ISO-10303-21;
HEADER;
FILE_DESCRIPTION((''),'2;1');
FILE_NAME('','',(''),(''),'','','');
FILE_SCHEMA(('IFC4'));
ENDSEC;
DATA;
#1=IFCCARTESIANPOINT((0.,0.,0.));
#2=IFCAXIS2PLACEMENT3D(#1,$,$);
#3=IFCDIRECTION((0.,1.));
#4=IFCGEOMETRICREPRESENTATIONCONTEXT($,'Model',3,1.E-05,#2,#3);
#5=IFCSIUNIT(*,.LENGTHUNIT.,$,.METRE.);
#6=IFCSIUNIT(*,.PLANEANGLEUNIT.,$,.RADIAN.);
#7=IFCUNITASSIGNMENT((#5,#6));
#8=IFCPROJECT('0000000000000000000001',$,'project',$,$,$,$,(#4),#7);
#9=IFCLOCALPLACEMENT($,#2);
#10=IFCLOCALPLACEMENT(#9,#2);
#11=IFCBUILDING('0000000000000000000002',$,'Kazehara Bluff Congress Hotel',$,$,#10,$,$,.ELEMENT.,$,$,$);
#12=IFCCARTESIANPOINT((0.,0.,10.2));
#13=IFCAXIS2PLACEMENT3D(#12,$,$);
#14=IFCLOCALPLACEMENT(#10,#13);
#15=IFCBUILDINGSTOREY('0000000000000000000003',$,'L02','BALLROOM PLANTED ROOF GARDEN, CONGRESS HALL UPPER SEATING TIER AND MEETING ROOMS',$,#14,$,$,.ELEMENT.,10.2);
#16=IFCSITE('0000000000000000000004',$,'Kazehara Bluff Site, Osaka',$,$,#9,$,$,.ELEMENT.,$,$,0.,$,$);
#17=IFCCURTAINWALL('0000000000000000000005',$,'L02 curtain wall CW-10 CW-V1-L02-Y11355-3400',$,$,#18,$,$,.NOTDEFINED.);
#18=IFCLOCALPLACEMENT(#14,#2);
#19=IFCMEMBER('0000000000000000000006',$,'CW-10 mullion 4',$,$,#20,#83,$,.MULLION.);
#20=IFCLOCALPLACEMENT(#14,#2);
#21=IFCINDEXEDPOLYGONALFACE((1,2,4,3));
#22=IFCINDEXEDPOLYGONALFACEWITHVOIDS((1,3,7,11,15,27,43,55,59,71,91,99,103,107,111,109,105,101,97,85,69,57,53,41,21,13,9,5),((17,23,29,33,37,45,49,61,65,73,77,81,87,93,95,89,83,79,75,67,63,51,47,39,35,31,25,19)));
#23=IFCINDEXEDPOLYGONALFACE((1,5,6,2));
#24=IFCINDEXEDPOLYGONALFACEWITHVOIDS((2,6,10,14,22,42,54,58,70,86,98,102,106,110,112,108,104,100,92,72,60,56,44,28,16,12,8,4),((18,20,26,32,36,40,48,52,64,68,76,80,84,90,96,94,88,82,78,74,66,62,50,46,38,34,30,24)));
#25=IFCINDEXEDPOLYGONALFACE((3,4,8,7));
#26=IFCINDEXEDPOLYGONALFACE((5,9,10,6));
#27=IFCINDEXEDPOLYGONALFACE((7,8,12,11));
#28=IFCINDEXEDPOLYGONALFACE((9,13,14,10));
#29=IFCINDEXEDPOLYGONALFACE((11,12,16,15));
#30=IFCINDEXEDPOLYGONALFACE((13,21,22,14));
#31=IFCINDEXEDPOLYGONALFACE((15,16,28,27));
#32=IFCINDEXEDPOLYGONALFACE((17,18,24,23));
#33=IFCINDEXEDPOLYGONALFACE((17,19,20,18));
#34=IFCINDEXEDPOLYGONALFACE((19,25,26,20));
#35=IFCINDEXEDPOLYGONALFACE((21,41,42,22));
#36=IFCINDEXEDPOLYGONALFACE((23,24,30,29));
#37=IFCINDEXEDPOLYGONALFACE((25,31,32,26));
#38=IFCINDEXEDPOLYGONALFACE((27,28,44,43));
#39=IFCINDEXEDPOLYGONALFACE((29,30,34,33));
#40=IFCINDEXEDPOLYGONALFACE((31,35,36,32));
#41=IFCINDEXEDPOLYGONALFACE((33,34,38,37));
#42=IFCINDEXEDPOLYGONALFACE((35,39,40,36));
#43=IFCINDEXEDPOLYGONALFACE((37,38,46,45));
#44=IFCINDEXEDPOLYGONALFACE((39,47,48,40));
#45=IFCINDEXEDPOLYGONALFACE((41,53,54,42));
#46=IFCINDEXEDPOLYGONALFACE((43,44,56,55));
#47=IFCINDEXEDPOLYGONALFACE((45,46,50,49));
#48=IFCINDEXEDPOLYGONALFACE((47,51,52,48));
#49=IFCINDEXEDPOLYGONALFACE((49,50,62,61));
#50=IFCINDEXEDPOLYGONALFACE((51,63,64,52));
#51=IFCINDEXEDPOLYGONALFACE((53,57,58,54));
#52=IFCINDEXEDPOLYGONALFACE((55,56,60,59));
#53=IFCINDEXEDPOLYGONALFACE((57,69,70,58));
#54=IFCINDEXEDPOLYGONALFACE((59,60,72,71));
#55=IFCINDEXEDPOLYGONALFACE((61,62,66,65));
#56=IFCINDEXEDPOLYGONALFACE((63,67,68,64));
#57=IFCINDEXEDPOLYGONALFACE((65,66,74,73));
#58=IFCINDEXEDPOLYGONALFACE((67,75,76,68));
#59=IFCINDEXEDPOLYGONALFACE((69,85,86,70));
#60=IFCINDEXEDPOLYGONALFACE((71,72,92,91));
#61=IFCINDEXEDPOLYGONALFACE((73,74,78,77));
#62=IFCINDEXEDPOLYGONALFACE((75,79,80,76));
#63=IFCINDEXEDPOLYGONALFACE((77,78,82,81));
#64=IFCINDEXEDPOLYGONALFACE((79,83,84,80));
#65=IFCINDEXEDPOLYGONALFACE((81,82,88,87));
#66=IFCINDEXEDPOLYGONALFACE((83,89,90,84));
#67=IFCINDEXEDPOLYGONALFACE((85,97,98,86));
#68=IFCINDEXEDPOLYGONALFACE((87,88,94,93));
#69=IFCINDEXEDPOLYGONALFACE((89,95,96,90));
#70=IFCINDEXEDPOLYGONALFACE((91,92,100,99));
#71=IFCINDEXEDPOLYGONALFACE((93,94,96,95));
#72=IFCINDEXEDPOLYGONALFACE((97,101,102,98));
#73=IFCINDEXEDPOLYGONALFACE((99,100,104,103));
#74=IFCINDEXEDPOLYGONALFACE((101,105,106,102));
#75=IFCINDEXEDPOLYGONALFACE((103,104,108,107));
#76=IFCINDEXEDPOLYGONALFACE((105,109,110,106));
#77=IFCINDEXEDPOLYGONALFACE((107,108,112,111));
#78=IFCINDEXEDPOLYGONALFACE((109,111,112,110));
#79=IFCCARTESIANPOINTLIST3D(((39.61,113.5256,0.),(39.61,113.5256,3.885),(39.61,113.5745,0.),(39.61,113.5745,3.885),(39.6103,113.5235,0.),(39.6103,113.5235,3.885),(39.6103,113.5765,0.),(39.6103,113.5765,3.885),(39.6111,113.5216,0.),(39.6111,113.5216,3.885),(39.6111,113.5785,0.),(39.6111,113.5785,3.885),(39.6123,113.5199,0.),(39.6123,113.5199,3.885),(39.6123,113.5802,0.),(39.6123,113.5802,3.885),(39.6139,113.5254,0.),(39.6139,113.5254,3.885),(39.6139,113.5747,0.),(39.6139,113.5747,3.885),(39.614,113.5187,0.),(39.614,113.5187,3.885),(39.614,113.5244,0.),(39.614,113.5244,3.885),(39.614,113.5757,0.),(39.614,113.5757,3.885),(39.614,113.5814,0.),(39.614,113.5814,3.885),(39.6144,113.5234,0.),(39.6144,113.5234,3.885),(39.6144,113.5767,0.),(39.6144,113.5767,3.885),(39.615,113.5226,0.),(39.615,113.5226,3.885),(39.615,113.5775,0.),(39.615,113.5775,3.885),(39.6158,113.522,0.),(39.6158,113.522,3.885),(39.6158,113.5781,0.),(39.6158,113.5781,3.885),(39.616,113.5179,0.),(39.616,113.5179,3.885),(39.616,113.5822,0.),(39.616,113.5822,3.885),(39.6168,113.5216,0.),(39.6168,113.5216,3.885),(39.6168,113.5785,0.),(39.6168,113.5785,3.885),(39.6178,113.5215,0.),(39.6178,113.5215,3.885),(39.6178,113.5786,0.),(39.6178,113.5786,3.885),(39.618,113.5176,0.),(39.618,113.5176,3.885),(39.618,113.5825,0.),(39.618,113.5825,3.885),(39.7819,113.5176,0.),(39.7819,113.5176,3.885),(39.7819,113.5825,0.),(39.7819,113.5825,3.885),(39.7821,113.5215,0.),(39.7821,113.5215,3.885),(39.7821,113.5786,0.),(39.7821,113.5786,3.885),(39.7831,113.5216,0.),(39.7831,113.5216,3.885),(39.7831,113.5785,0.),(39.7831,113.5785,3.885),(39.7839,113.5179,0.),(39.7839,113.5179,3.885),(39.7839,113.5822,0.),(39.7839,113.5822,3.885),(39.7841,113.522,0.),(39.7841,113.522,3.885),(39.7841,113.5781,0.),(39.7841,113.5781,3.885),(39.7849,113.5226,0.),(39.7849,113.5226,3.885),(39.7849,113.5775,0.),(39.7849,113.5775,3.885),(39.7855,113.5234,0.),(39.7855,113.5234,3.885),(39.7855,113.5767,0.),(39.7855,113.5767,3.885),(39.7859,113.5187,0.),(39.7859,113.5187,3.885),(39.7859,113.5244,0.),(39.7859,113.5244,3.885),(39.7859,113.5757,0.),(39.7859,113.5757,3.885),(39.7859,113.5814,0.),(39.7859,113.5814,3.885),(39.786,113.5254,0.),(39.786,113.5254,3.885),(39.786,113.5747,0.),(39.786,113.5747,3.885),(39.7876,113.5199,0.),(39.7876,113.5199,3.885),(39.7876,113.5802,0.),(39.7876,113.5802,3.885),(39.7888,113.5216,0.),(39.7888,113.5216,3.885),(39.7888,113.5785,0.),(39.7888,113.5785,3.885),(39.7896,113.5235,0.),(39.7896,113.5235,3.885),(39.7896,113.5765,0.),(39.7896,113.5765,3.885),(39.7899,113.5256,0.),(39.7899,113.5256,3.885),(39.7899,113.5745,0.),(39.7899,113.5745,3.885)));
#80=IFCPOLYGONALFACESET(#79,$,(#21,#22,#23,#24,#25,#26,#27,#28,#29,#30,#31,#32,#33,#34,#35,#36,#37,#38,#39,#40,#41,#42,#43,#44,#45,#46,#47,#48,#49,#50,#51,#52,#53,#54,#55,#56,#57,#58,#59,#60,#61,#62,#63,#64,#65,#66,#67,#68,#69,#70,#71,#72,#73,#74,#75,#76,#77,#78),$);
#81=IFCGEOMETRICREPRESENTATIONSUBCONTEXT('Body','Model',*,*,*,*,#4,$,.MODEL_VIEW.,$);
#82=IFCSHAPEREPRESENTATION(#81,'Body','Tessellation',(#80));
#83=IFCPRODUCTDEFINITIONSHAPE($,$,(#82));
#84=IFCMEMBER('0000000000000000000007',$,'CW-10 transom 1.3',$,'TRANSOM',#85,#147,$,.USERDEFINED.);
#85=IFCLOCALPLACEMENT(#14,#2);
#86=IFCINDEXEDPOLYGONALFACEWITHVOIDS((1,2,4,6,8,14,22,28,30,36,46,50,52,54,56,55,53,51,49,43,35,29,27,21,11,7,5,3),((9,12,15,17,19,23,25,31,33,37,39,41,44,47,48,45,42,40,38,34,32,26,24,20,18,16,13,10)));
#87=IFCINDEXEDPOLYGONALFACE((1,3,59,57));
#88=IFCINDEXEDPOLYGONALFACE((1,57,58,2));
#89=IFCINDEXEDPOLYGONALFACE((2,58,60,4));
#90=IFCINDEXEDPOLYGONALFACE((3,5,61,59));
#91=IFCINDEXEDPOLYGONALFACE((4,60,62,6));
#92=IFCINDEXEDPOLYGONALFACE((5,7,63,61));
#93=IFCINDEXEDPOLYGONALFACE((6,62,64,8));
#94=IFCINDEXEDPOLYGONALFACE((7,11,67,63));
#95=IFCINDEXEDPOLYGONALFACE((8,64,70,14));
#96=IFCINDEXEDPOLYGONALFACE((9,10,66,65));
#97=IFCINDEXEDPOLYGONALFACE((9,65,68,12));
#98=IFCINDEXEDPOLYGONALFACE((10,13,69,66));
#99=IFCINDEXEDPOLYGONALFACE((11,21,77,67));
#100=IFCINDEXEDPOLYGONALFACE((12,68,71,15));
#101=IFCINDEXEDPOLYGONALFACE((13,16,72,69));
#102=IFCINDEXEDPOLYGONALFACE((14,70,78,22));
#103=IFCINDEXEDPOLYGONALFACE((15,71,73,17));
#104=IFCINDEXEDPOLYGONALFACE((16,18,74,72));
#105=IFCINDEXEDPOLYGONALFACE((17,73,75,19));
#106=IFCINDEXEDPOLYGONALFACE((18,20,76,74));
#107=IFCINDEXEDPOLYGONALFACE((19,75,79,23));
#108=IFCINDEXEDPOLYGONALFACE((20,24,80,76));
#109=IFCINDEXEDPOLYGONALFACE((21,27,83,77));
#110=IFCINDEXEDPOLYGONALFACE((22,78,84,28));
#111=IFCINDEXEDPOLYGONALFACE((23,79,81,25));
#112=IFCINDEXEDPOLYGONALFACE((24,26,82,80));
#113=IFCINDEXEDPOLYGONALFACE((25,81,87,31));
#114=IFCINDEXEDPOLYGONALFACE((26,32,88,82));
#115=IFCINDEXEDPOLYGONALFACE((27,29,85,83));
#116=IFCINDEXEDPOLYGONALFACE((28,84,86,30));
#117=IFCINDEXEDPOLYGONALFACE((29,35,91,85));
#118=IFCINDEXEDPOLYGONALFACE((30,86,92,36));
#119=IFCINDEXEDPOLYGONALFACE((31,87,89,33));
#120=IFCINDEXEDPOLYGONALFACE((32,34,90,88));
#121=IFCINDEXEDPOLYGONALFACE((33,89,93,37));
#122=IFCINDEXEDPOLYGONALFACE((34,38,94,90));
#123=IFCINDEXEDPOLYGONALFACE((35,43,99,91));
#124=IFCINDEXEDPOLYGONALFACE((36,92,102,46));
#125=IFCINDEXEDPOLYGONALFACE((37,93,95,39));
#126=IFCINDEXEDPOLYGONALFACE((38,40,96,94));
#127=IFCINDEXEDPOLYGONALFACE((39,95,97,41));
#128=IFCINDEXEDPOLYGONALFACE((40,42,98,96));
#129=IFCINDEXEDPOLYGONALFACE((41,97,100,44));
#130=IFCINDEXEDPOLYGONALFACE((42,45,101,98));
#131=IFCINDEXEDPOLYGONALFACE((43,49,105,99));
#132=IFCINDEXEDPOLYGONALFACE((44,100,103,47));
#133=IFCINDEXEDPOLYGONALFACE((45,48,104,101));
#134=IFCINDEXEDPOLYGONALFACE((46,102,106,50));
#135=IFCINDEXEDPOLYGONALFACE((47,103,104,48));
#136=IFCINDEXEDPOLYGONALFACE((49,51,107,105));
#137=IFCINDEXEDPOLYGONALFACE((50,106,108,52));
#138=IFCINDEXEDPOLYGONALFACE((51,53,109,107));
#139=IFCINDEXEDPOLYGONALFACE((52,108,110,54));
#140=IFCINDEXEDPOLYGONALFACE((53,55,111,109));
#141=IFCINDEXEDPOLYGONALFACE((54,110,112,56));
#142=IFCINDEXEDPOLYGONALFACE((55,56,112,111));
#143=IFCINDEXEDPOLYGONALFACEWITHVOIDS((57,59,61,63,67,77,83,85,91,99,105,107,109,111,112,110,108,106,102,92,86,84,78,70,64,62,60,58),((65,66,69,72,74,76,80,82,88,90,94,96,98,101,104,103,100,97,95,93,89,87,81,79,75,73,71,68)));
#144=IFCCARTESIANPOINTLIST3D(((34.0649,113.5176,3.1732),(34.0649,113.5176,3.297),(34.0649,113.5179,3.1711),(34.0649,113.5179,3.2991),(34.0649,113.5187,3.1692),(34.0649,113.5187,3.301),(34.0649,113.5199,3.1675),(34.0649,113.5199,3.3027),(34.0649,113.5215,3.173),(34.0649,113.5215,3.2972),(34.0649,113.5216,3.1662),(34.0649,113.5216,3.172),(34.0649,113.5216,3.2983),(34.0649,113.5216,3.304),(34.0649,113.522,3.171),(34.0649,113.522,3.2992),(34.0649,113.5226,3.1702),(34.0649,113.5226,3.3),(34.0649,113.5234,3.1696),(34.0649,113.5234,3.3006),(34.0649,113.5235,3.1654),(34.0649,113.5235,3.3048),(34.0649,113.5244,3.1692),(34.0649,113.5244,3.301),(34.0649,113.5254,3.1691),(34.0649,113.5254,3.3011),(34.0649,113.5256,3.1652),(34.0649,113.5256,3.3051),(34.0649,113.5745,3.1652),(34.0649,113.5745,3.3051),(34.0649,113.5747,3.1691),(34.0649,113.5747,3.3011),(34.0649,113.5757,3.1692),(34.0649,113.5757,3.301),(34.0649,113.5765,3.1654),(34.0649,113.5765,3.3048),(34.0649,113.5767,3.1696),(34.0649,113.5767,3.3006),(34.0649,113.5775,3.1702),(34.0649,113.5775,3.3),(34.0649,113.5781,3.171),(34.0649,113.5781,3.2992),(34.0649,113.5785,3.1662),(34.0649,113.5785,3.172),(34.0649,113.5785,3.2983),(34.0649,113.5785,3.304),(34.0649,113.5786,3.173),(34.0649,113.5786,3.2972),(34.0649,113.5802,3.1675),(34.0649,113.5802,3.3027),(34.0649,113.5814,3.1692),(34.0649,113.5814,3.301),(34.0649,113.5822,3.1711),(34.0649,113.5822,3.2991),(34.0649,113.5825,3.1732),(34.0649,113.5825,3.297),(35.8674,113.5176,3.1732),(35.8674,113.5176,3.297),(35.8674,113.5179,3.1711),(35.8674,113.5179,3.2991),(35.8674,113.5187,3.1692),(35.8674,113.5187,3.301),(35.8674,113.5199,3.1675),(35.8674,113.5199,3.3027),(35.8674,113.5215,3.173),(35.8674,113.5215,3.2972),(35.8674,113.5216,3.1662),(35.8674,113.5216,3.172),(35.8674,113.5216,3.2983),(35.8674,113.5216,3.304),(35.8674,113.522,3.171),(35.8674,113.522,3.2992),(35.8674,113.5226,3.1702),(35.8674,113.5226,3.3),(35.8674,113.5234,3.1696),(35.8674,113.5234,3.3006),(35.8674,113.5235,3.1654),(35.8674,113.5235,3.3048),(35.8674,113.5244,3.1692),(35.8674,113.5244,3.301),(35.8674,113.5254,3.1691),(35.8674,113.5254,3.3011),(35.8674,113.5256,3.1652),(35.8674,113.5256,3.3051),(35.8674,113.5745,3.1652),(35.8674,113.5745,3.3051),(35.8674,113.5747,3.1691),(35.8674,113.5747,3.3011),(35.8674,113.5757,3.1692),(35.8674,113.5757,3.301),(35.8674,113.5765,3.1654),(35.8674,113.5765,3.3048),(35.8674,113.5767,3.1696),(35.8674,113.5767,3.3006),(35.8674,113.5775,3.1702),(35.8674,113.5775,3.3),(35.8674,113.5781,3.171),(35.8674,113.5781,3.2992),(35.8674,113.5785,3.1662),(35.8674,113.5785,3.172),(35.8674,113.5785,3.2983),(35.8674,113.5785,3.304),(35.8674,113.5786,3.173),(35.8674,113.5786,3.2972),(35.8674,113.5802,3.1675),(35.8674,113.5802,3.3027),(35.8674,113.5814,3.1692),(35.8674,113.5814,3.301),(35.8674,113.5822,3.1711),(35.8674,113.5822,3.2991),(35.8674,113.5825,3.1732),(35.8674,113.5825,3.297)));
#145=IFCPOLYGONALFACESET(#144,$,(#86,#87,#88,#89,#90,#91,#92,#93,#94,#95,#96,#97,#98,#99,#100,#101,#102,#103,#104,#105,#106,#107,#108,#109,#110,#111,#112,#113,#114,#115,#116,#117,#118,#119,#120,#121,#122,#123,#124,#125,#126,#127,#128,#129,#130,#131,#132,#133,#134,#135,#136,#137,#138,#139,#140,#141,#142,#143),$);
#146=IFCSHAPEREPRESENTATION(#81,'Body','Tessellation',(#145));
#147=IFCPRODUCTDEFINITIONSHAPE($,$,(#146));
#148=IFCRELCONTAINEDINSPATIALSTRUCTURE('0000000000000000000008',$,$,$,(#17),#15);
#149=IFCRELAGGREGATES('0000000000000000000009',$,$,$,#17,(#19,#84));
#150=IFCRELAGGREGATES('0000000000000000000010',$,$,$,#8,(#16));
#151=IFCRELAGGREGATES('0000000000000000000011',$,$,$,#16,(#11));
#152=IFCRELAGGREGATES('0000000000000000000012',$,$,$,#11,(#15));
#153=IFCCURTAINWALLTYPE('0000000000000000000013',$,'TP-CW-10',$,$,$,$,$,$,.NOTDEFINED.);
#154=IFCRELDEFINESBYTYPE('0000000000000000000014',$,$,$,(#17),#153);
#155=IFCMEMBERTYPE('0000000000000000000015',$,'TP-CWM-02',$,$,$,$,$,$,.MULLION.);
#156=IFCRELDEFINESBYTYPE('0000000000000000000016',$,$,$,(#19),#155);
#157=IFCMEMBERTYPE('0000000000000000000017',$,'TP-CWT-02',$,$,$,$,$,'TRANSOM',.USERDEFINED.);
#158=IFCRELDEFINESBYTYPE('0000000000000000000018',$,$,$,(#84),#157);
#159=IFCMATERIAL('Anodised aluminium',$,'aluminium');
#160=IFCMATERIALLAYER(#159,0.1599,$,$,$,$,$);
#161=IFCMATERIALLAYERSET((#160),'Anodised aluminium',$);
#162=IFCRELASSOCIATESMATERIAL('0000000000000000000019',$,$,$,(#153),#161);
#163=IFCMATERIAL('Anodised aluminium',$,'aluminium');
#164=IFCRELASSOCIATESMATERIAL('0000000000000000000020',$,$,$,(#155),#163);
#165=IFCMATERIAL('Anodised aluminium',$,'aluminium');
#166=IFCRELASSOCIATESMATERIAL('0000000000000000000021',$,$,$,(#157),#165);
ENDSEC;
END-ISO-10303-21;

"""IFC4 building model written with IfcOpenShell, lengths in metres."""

from ifc_helpers import new_model, si_unit, direction, frame, origin, origin_2d, place, context, subcontext, project, spatial, hollow_rectangle, extrude, material, layer, layer_set, material_profile, profile_set, type_object, element, aggregate, save


model = new_model("IFC4")

# Units and contexts
model_context = context("Model", 3, precision=1e-05, world=origin(), true_north=direction((0.0, 1.0)))
body_context = subcontext(model_context, "Body", "Model", "MODEL_VIEW")
ifc_project = project(units=[si_unit("LENGTHUNIT", "METRE"), si_unit("PLANEANGLEUNIT", "RADIAN")], contexts=[model_context])

# Site, building, storey
site_placement = place(None, origin())
site = spatial("IfcSite", under=ifc_project, at=site_placement, Name="Kazehara Bluff Site, Osaka", CompositionType="ELEMENT", RefElevation=0.0)
building_placement = place(site_placement, origin())
building = spatial("IfcBuilding", under=site, at=building_placement, Name="Kazehara Bluff Congress Hotel", CompositionType="ELEMENT")
storey_placement = place(building_placement, frame((0.0, 0.0, 10.2)))
storey = spatial("IfcBuildingStorey", under=building, at=storey_placement, Name="L02", Description="BALLROOM PLANTED ROOF GARDEN, CONGRESS HALL UPPER SEATING TIER AND MEETING ROOMS", CompositionType="ELEMENT", Elevation=10.2)

# Curtain wall, members
ifc_material_1 = material(Name="Anodised aluminium", Category="aluminium")
ifc_layer_1 = layer(ifc_material_1, 0.1599)
ifc_layer_set_1 = layer_set([ifc_layer_1], Name="Anodised aluminium")
curtain_wall_type = type_object("IfcCurtainWallType", Name="TP-CW-10", PredefinedType="NOTDEFINED", material=ifc_layer_set_1)
curtain_wall_placement = place(storey_placement, origin())
curtain_wall = element("IfcCurtainWall", 1, at=curtain_wall_placement, inside=storey, type_object=curtain_wall_type, Name="L02 curtain wall CW-10 CW-V1-L02-Y11355-3400", PredefinedType="NOTDEFINED")
ifc_material_2 = material(Name="Anodised aluminium", Category="aluminium")
ifc_material_profile_1 = material_profile(ifc_material_2, hollow_rectangle(XDim=0.0649, YDim=0.1799, WallThickness=0.0039, InnerFilletRadius=0.0039, OuterFilletRadius=0.0081, at=origin_2d()))
ifc_profile_set_1 = profile_set([ifc_material_profile_1], Name="Anodised aluminium")
member_type_1 = type_object("IfcMemberType", Name="TP-CWM-02", PredefinedType="MULLION", material=ifc_profile_set_1)
member_1_placement = place(storey_placement, frame((39.7, 113.55, 0.0), z_axis=(0.0, 0.0, 1.0), x_axis=(0.0, 1.0, 0.0)))
member_1 = element("IfcMember", 2, at=member_1_placement, type_object=member_type_1, Name="CW-10 mullion 4", PredefinedType="MULLION", context=body_context, shape_type="SweptSolid", body=[
    extrude(hollow_rectangle(XDim=0.0649, YDim=0.1799, WallThickness=0.0039, InnerFilletRadius=0.0039, OuterFilletRadius=0.0081, at=origin_2d()), origin(), (0.0, 0.0, 1.0), 3.885),
])
ifc_material_3 = material(Name="Anodised aluminium", Category="aluminium")
ifc_material_profile_2 = material_profile(ifc_material_3, hollow_rectangle(XDim=0.0649, YDim=0.1399, WallThickness=0.0039, InnerFilletRadius=0.0039, OuterFilletRadius=0.0081, at=origin_2d()))
ifc_profile_set_2 = profile_set([ifc_material_profile_2], Name="Anodised aluminium")
member_type_2 = type_object("IfcMemberType", Name="TP-CWT-02", ElementType="TRANSOM", PredefinedType="USERDEFINED", material=ifc_profile_set_2)
member_2_placement = place(storey_placement, frame((34.0649, 113.55, 3.2351), z_axis=(1.0, 0.0, 0.0), x_axis=(0.0, 1.0, 0.0)))
member_2 = element("IfcMember", 3, at=member_2_placement, type_object=member_type_2, Name="CW-10 transom 1.3", ObjectType="TRANSOM", PredefinedType="USERDEFINED", context=body_context, shape_type="SweptSolid", body=[
    extrude(hollow_rectangle(XDim=0.0649, YDim=0.1399, WallThickness=0.0039, InnerFilletRadius=0.0039, OuterFilletRadius=0.0081, at=origin_2d()), origin(), (0.0, 0.0, 1.0), 1.8025),
])
aggregate(curtain_wall, [member_1, member_2])

save(model, "model.ifc")
